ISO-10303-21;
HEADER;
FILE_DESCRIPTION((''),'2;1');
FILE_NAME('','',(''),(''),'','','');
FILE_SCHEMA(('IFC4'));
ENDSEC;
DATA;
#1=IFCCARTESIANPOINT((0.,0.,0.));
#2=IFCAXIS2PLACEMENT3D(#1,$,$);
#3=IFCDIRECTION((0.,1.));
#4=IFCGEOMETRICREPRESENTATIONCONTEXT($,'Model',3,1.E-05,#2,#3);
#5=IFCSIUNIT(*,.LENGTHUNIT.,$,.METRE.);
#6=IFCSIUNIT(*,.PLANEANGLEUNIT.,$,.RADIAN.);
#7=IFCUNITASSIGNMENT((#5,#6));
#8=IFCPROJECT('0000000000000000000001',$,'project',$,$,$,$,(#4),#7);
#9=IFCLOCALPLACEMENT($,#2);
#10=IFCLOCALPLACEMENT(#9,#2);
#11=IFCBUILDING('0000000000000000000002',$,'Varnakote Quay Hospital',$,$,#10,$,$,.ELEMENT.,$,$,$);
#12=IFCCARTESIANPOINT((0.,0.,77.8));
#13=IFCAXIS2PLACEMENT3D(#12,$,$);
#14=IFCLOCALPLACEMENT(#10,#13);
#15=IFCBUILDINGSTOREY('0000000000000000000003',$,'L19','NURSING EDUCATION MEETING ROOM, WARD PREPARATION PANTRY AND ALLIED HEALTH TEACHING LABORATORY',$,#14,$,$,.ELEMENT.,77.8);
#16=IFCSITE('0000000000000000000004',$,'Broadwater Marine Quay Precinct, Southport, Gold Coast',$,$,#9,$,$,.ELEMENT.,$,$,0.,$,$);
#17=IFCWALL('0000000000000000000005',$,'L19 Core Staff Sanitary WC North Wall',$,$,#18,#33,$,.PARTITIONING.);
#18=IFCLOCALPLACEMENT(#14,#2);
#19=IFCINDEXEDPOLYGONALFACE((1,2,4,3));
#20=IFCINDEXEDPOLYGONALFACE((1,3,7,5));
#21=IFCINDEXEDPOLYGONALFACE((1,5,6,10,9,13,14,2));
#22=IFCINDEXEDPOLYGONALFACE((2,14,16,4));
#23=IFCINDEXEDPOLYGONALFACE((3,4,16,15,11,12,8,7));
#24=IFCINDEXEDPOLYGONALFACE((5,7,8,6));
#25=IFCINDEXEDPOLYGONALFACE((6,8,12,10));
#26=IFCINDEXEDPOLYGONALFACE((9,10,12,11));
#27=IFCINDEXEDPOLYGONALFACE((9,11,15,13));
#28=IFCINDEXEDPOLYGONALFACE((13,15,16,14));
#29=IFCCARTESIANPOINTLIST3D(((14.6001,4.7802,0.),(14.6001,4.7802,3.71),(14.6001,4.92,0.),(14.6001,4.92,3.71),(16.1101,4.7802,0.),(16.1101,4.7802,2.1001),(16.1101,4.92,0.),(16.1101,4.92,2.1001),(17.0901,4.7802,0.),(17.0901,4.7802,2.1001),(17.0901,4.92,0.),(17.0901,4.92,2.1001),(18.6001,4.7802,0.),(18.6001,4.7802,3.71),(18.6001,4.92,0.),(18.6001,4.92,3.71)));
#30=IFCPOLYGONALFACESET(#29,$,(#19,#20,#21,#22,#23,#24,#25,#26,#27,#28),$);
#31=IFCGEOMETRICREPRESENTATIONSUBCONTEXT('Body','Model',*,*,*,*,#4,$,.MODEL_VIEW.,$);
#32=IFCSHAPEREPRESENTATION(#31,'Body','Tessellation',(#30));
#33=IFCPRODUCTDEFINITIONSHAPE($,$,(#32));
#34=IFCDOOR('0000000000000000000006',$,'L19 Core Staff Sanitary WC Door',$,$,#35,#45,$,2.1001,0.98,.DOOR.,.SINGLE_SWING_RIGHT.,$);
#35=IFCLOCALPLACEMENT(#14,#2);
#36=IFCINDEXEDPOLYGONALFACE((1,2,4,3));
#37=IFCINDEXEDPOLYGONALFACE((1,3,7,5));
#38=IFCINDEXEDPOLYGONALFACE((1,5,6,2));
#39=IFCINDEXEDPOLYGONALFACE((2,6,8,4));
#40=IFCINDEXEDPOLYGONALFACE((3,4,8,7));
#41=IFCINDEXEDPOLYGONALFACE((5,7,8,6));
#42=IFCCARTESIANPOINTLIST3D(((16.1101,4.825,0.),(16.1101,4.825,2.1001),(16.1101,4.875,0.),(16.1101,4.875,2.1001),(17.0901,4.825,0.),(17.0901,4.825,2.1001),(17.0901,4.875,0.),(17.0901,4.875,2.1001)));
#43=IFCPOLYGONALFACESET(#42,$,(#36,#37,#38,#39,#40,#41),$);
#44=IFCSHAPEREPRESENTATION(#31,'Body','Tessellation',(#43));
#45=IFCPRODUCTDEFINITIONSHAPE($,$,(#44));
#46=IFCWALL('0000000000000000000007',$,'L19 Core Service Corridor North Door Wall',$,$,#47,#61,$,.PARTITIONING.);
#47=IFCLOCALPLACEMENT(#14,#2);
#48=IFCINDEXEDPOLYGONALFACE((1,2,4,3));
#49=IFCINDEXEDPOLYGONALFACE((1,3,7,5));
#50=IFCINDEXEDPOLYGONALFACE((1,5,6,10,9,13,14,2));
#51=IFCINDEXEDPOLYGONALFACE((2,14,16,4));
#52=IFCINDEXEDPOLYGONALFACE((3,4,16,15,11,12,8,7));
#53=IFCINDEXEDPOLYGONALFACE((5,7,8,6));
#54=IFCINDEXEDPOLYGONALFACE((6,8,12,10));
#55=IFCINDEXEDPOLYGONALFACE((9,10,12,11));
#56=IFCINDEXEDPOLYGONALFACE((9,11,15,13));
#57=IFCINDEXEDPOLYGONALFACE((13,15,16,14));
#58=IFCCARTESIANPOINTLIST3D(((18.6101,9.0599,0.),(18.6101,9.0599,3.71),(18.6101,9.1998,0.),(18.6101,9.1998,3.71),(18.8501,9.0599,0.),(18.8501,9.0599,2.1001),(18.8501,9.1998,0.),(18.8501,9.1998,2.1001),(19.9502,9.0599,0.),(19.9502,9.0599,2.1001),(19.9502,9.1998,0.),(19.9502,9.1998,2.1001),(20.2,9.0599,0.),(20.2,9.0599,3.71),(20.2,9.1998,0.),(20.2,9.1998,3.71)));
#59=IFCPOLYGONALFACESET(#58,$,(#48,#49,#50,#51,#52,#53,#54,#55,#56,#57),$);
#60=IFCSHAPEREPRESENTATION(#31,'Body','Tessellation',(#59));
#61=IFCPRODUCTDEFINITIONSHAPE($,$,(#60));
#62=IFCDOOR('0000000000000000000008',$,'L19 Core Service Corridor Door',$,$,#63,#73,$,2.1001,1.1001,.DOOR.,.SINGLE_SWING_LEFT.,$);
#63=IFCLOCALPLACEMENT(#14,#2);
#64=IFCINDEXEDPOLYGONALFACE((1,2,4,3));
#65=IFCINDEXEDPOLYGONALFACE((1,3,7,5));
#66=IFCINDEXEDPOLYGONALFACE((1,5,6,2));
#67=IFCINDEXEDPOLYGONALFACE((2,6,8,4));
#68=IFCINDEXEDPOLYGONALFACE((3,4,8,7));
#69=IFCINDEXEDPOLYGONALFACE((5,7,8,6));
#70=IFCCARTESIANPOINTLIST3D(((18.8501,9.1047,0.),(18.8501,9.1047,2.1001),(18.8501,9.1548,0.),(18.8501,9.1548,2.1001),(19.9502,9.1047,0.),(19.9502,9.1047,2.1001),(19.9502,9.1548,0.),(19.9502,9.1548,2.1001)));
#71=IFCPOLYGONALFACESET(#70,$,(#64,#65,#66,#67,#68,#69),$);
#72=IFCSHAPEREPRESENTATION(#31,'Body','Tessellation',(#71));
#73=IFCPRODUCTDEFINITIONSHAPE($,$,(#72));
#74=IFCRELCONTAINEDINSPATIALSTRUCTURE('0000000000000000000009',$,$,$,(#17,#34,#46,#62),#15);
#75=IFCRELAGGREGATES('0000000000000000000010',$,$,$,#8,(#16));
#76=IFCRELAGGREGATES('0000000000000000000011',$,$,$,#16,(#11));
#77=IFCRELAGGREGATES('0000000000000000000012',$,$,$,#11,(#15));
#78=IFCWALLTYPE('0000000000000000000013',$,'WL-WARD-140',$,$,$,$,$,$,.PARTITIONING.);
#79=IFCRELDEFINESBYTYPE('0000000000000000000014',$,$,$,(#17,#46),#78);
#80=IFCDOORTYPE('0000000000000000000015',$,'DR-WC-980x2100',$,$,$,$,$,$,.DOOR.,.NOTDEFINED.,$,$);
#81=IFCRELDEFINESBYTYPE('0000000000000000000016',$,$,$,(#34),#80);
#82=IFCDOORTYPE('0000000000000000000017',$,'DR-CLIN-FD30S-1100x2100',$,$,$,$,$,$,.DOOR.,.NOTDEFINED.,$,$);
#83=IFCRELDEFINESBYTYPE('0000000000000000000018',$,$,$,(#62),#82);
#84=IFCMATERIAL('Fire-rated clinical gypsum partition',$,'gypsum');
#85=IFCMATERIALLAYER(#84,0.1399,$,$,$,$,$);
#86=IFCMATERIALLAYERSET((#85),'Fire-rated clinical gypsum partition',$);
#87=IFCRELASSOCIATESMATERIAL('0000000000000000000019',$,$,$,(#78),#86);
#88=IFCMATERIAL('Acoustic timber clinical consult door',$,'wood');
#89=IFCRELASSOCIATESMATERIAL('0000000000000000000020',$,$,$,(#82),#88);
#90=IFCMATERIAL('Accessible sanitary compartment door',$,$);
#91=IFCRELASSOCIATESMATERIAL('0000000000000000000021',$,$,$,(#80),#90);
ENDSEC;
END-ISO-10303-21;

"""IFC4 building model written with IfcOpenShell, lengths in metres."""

from ifc_helpers import new_model, si_unit, direction, frame, frame_2d, origin, place, context, subcontext, project, spatial, rectangle, extrude, material, layer, layer_set, type_object, element, fill, save


model = new_model("IFC4")

# Units and contexts
model_context = context("Model", 3, precision=1e-05, world=origin(), true_north=direction((0.0, 1.0)))
body_context = subcontext(model_context, "Body", "Model", "MODEL_VIEW")
ifc_project = project(units=[si_unit("LENGTHUNIT", "METRE"), si_unit("PLANEANGLEUNIT", "RADIAN")], contexts=[model_context])

# Site, building, storey
site_placement = place(None, origin())
site = spatial("IfcSite", under=ifc_project, at=site_placement, Name="Broadwater Marine Quay Precinct, Southport, Gold Coast", CompositionType="ELEMENT", RefElevation=0.0)
building_placement = place(site_placement, origin())
building = spatial("IfcBuilding", under=site, at=building_placement, Name="Varnakote Quay Hospital", CompositionType="ELEMENT")
storey_placement = place(building_placement, frame((0.0, 0.0, 77.8)))
storey = spatial("IfcBuildingStorey", under=building, at=storey_placement, Name="L19", Description="NURSING EDUCATION MEETING ROOM, WARD PREPARATION PANTRY AND ALLIED HEALTH TEACHING LABORATORY", CompositionType="ELEMENT", Elevation=77.8)

# Walls, openings, doors
ifc_material_1 = material(Name="Fire-rated clinical gypsum partition", Category="gypsum")
ifc_layer_1 = layer(ifc_material_1, 0.1399)
ifc_layer_set_1 = layer_set([ifc_layer_1], Name="Fire-rated clinical gypsum partition")
wall_type_1 = type_object("IfcWallType", Name="WL-WARD-140", PredefinedType="PARTITIONING", material=ifc_layer_set_1)
ifc_material_2 = material(Name="Acoustic timber clinical consult door", Category="wood")
door_type_1 = type_object("IfcDoorType", Name="DR-CLIN-FD30S-1100x2100", OperationType="NOTDEFINED", PredefinedType="DOOR", material=ifc_material_2)
wall_1_placement = place(storey_placement, frame((14.6001, 4.8501, 0.0), z_axis=(0.0, 0.0, 1.0), x_axis=(1.0, 0.0, 0.0)))
wall_1 = element("IfcWall", 1, at=wall_1_placement, inside=storey, type_object=wall_type_1, Name="L19 Core Staff Sanitary WC North Wall", PredefinedType="PARTITIONING", context=body_context, shape_type="SweptSolid", body=[
    extrude(rectangle(XDim=4.0, YDim=0.1399, at=frame_2d((2.0, 0.0))), origin(), (0.0, 0.0, 1.0), 3.71),
])
opening_1_placement = place(wall_1_placement, frame((1.51, 0.0, 0.0)))
opening_1 = element("IfcOpeningElement", 2, at=opening_1_placement, cuts=wall_1, PredefinedType="OPENING", context=body_context, shape_type="SweptSolid", body=[
    extrude(rectangle(XDim=0.98, YDim=2.1001, at=frame_2d((0.49, 1.05))), frame((0.0, 0.0798, 0.0), z_axis=(0.0, -1.0, 0.0), x_axis=(1.0, 0.0, 0.0)), (0.0, 0.0, 1.0), 0.1599),
])
ifc_material_3 = material(Name="Accessible sanitary compartment door")
door_type_2 = type_object("IfcDoorType", Name="DR-WC-980x2100", OperationType="NOTDEFINED", PredefinedType="DOOR", material=ifc_material_3)
door_1_placement = place(opening_1_placement, origin())
door_1 = element("IfcDoor", 3, at=door_1_placement, inside=storey, type_object=door_type_2, Name="L19 Core Staff Sanitary WC Door", OperationType="SINGLE_SWING_RIGHT", OverallHeight=2.1001, OverallWidth=0.98, PredefinedType="DOOR", context=body_context, shape_type="SweptSolid", body=[
    extrude(rectangle(XDim=0.98, YDim=2.1001, at=frame_2d((0.49, 1.05))), frame((0.0, 0.0249, 0.0), z_axis=(0.0, -1.0, 0.0), x_axis=(1.0, 0.0, 0.0)), (0.0, 0.0, 1.0), 0.05),
])
fill(opening_1, door_1)
wall_2_placement = place(storey_placement, frame((18.6101, 9.1299, 0.0), z_axis=(0.0, 0.0, 1.0), x_axis=(1.0, 0.0, 0.0)))
wall_2 = element("IfcWall", 4, at=wall_2_placement, inside=storey, type_object=wall_type_1, Name="L19 Core Service Corridor North Door Wall", PredefinedType="PARTITIONING", context=body_context, shape_type="SweptSolid", body=[
    extrude(rectangle(XDim=1.5898, YDim=0.1399, at=frame_2d((0.7949, 0.0))), origin(), (0.0, 0.0, 1.0), 3.71),
])
opening_2_placement = place(wall_2_placement, frame((0.24, 0.0, 0.0)))
opening_2 = element("IfcOpeningElement", 5, at=opening_2_placement, cuts=wall_2, PredefinedType="OPENING", context=body_context, shape_type="SweptSolid", body=[
    extrude(rectangle(XDim=1.1001, YDim=2.1001, at=frame_2d((0.55, 1.05))), frame((0.0, 0.0798, 0.0), z_axis=(0.0, -1.0, 0.0), x_axis=(1.0, 0.0, 0.0)), (0.0, 0.0, 1.0), 0.1599),
])
door_2_placement = place(opening_2_placement, origin())
door_2 = element("IfcDoor", 6, at=door_2_placement, inside=storey, type_object=door_type_1, Name="L19 Core Service Corridor Door", OperationType="SINGLE_SWING_LEFT", OverallHeight=2.1001, OverallWidth=1.1001, PredefinedType="DOOR", context=body_context, shape_type="SweptSolid", body=[
    extrude(rectangle(XDim=1.1001, YDim=2.1001, at=frame_2d((0.55, 1.05))), frame((0.0, 0.0249, 0.0), z_axis=(0.0, -1.0, 0.0), x_axis=(1.0, 0.0, 0.0)), (0.0, 0.0, 1.0), 0.05),
])
fill(opening_2, door_2)

save(model, "model.ifc")
